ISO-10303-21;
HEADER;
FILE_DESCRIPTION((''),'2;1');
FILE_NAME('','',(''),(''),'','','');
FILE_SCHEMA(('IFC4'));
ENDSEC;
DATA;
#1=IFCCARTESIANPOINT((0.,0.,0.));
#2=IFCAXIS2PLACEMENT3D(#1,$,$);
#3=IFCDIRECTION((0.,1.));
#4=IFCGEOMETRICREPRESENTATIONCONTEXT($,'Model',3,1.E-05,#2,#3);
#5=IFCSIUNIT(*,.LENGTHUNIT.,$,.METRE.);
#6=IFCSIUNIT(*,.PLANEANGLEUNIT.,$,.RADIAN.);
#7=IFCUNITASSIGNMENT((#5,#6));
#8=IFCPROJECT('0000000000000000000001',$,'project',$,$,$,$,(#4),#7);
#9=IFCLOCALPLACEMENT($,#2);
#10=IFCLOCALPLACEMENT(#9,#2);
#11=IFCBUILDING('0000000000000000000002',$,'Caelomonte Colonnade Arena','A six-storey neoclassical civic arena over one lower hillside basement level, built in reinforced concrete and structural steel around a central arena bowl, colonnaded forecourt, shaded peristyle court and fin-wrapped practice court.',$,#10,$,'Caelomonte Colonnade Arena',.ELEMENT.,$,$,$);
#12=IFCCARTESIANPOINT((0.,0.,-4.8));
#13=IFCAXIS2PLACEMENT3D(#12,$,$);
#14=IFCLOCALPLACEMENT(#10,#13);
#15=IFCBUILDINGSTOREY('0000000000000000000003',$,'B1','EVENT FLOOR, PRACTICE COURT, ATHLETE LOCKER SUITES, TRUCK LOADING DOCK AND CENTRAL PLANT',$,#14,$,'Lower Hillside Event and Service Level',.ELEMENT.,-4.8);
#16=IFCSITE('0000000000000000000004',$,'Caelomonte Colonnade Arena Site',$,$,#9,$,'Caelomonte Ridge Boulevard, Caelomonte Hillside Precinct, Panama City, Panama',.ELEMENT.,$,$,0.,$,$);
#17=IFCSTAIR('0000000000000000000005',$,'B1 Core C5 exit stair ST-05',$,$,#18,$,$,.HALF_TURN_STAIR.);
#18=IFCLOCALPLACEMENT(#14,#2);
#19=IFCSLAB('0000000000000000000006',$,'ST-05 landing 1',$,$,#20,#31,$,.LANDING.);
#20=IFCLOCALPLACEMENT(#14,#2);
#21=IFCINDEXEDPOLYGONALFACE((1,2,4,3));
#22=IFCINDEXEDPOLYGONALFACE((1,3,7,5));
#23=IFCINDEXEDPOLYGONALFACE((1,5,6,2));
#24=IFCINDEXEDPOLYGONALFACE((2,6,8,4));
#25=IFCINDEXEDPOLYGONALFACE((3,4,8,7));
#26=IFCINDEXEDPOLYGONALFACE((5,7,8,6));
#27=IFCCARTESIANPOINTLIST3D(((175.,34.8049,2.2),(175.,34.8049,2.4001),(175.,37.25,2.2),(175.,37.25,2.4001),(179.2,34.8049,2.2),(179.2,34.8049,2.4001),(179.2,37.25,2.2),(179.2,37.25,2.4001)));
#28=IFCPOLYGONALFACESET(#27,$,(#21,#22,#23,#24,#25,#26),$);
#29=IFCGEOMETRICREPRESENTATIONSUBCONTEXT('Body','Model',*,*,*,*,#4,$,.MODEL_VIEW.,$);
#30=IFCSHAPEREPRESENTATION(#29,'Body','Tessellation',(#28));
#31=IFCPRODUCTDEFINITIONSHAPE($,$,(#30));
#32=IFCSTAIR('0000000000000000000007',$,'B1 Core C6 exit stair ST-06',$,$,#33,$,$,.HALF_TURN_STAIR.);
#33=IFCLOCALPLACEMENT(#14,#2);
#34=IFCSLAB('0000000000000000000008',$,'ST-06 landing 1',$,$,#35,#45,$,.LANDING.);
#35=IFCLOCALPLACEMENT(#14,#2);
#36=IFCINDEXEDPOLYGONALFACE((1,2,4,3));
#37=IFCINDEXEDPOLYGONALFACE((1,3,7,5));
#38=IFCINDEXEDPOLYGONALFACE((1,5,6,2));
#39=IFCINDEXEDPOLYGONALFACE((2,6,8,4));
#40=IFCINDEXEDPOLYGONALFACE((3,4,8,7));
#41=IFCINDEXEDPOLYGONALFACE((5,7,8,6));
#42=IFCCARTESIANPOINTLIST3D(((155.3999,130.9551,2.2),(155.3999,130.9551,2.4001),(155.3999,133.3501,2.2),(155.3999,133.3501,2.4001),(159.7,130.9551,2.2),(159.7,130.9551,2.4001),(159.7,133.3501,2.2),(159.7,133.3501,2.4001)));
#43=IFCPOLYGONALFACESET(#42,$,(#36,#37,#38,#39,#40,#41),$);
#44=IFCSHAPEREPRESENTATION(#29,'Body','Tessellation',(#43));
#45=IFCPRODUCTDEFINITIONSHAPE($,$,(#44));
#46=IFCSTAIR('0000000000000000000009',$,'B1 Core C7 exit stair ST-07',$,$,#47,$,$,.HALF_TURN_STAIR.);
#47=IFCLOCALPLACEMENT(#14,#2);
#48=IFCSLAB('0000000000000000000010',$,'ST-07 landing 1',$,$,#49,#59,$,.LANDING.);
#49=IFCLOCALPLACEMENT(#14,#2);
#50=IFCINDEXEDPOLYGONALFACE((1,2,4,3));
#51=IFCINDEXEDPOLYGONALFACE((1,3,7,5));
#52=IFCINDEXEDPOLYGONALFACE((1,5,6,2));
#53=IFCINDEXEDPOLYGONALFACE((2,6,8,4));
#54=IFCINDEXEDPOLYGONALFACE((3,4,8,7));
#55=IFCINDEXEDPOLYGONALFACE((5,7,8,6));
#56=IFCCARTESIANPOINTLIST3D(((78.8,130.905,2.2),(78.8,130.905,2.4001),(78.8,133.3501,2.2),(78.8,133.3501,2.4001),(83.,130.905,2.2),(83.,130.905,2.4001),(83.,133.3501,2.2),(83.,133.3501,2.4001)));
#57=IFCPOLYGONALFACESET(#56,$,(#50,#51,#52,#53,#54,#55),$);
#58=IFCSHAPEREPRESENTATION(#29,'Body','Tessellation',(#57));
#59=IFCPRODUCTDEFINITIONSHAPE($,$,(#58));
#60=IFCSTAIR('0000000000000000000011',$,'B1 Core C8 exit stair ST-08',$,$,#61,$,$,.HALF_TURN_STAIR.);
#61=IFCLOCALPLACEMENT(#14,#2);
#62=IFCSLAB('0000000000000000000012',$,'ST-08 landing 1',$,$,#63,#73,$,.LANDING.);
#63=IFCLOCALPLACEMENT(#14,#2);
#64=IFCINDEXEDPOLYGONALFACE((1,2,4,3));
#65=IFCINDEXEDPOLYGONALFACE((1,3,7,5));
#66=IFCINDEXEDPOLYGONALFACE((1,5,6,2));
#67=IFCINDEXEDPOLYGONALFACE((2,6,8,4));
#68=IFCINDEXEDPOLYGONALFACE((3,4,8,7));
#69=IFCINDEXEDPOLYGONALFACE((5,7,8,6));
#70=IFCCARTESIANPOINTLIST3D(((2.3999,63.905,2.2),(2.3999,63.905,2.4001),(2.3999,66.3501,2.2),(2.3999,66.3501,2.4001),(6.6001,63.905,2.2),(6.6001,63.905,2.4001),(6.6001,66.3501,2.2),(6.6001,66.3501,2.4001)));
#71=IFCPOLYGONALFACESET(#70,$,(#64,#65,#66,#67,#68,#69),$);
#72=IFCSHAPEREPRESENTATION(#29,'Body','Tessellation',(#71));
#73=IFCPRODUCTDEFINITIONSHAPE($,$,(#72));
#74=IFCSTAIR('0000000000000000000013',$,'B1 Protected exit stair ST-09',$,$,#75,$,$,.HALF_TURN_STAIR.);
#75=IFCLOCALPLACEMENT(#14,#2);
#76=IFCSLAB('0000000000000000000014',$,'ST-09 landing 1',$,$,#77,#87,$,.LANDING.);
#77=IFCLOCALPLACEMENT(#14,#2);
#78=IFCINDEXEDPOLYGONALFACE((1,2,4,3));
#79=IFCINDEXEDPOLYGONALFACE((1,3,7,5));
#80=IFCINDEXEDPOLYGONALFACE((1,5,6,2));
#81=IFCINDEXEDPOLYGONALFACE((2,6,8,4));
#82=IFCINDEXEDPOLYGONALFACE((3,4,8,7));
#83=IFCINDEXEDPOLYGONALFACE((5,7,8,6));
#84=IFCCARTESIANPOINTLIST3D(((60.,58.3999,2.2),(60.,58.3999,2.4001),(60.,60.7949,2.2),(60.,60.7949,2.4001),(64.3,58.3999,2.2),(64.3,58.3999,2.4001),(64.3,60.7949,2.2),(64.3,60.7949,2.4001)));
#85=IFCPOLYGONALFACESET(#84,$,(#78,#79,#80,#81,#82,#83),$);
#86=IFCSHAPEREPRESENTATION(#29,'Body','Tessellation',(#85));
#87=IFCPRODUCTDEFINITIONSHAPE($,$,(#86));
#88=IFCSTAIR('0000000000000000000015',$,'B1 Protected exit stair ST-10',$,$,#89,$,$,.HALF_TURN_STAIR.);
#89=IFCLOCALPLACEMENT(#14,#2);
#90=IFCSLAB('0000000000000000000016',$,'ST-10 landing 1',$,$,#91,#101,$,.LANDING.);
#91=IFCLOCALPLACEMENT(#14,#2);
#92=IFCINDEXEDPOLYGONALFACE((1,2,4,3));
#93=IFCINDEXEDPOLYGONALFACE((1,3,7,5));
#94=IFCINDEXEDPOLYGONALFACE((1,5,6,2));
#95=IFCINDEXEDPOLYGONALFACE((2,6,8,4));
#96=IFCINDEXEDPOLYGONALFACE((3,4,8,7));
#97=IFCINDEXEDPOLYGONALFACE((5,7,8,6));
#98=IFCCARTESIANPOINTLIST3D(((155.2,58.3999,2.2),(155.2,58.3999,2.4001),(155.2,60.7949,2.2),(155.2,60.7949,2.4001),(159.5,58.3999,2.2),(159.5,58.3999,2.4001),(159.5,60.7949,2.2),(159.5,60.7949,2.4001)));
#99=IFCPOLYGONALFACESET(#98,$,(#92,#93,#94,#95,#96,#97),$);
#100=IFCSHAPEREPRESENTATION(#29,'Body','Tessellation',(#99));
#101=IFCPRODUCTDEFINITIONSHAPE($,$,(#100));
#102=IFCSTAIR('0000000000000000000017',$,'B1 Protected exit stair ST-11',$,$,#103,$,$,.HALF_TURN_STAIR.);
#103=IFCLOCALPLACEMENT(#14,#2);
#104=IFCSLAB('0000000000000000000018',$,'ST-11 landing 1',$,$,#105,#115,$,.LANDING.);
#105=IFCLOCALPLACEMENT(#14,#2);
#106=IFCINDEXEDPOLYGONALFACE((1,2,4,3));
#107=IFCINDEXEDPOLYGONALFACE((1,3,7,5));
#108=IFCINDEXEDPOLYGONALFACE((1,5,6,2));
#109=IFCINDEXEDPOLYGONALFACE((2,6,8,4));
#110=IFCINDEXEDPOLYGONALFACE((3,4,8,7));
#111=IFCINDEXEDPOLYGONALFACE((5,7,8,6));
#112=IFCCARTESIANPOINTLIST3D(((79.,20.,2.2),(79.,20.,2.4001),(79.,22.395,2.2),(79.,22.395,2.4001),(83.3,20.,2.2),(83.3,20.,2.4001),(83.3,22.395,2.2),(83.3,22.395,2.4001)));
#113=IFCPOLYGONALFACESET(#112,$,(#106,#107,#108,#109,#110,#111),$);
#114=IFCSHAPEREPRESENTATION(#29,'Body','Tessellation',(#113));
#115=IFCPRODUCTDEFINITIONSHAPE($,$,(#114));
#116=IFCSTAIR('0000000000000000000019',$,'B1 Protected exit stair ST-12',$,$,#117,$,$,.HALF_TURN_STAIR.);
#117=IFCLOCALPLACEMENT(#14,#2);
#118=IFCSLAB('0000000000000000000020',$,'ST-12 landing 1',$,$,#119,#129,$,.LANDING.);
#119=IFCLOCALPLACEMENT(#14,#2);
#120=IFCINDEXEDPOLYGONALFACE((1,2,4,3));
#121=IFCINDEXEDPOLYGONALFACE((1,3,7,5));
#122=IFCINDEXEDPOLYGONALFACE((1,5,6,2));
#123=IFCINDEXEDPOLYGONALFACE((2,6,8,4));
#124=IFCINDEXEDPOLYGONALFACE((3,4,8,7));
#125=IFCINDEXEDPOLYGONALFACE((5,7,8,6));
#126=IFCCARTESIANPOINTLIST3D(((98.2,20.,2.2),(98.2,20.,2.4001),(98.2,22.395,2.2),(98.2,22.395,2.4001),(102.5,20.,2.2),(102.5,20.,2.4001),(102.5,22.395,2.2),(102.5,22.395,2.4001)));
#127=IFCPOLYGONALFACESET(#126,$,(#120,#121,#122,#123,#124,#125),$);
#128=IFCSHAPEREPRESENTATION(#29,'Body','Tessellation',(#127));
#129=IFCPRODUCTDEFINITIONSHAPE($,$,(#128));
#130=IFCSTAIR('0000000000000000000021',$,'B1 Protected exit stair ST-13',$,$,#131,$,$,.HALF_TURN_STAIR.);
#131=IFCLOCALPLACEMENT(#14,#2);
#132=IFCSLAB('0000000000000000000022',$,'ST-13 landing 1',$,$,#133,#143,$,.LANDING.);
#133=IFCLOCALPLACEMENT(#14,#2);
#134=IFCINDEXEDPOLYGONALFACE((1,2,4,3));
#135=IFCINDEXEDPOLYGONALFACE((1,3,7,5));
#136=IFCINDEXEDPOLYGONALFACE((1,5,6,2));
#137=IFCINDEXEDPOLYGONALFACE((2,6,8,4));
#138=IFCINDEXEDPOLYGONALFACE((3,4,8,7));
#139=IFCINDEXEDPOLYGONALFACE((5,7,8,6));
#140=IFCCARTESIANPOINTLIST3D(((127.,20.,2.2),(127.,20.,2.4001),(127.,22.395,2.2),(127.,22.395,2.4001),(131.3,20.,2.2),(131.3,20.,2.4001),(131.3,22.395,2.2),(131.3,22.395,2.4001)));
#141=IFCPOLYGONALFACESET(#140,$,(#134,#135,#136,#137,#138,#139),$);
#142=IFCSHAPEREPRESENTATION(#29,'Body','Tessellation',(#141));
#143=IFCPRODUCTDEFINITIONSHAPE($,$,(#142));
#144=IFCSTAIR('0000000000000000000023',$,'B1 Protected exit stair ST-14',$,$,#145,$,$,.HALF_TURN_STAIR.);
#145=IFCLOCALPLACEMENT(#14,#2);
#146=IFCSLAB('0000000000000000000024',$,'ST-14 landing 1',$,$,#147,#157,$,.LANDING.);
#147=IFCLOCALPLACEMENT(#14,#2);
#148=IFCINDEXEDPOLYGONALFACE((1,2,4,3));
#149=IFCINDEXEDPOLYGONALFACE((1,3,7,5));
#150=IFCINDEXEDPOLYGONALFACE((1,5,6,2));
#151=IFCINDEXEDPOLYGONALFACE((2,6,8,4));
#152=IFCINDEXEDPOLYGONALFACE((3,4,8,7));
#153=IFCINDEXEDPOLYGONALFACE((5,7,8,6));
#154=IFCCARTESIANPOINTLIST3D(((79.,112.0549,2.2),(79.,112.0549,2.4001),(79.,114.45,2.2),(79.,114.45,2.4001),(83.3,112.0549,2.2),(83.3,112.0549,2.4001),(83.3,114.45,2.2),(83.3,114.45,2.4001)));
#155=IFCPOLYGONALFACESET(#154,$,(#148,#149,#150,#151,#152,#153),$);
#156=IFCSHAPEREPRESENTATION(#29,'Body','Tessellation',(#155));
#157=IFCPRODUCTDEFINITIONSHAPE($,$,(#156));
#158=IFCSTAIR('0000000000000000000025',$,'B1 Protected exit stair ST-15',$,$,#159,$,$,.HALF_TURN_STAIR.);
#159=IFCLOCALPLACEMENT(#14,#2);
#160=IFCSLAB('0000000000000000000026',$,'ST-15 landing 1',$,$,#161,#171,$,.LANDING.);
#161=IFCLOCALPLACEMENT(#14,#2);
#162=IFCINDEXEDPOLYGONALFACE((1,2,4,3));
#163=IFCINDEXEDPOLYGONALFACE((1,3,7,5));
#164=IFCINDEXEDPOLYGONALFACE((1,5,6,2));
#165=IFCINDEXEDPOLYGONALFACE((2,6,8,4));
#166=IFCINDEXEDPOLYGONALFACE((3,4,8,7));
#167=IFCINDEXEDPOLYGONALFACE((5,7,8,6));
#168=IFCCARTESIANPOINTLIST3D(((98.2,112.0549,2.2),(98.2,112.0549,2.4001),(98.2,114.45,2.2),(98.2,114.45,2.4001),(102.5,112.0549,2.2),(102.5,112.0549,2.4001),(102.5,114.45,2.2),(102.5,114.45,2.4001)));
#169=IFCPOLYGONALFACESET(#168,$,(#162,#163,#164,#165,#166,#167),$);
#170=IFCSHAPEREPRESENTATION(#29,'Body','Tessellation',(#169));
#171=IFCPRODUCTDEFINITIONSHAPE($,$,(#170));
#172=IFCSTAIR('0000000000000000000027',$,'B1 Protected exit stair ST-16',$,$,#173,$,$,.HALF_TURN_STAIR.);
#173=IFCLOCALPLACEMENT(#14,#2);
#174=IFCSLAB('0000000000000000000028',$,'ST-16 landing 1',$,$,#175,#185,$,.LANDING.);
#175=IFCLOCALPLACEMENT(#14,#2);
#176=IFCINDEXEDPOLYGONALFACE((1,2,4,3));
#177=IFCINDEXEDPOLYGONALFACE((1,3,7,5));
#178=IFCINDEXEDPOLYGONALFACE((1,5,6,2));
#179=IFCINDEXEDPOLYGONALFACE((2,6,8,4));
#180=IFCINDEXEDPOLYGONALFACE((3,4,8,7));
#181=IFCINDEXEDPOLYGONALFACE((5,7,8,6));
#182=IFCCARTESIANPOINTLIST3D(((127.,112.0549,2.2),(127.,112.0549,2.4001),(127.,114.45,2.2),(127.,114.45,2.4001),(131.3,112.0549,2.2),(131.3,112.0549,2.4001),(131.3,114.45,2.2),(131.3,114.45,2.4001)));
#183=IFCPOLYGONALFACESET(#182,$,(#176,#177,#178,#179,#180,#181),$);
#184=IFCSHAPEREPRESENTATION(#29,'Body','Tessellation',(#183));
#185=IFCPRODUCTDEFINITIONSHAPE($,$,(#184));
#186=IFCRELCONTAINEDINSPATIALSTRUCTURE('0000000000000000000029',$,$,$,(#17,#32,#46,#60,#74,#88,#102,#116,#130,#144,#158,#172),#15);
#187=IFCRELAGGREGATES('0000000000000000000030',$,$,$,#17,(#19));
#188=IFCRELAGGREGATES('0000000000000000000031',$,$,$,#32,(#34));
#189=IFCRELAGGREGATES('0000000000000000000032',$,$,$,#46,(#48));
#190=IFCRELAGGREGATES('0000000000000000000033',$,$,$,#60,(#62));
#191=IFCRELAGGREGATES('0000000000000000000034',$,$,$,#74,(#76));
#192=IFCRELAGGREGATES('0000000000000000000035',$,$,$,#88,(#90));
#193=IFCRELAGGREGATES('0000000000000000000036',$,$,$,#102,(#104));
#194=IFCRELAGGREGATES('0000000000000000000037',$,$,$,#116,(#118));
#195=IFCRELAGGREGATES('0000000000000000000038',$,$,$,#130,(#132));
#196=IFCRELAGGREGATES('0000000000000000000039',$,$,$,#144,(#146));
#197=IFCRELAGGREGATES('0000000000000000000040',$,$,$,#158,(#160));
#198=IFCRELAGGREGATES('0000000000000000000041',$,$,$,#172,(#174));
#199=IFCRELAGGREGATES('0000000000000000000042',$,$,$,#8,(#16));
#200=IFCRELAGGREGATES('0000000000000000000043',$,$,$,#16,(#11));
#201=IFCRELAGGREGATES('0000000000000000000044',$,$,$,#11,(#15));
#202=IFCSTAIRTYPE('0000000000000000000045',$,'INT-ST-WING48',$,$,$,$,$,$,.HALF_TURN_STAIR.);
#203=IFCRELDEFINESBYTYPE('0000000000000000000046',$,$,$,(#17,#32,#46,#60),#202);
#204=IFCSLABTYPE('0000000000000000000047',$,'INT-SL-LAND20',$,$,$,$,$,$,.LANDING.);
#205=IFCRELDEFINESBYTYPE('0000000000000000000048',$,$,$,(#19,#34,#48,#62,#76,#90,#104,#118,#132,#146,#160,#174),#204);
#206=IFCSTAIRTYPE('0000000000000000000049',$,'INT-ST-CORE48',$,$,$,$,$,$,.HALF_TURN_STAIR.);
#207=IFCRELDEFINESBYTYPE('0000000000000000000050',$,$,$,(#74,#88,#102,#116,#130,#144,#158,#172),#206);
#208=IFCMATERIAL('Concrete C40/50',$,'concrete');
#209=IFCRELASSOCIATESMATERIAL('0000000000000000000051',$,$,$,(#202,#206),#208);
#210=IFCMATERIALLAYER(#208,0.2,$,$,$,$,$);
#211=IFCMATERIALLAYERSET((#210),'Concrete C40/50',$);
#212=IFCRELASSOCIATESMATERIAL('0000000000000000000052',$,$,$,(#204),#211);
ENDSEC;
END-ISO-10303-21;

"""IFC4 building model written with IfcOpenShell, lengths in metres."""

from ifc_helpers import new_model, si_unit, direction, frame, origin, place, context, subcontext, project, spatial, polyline, outline, extrude, material, layer, layer_set, type_object, element, aggregate, save


model = new_model("IFC4")

# Units and contexts
model_context = context("Model", 3, precision=1e-05, world=origin(), true_north=direction((0.0, 1.0)))
body_context = subcontext(model_context, "Body", "Model", "MODEL_VIEW")
ifc_project = project(units=[si_unit("LENGTHUNIT", "METRE"), si_unit("PLANEANGLEUNIT", "RADIAN")], contexts=[model_context])

# Site, building, storey
site_placement = place(None, origin())
site = spatial("IfcSite", under=ifc_project, at=site_placement, Name="Caelomonte Colonnade Arena Site", LongName="Caelomonte Ridge Boulevard, Caelomonte Hillside Precinct, Panama City, Panama", CompositionType="ELEMENT", RefElevation=0.0)
building_placement = place(site_placement, origin())
building = spatial("IfcBuilding", under=site, at=building_placement, Name="Caelomonte Colonnade Arena", Description="A six-storey neoclassical civic arena over one lower hillside basement level, built in reinforced concrete and structural steel around a central arena bowl, colonnaded forecourt, shaded peristyle court and fin-wrapped practice court.", LongName="Caelomonte Colonnade Arena", CompositionType="ELEMENT")
storey_placement = place(building_placement, frame((0.0, 0.0, -4.8)))
storey = spatial("IfcBuildingStorey", under=building, at=storey_placement, Name="B1", Description="EVENT FLOOR, PRACTICE COURT, ATHLETE LOCKER SUITES, TRUCK LOADING DOCK AND CENTRAL PLANT", LongName="Lower Hillside Event and Service Level", CompositionType="ELEMENT", Elevation=-4.8)

# Stairs, slabs
ifc_material_1 = material(Name="Concrete C40/50", Category="concrete")
stair_type_1 = type_object("IfcStairType", Name="INT-ST-WING48", PredefinedType="HALF_TURN_STAIR", material=ifc_material_1)
stair_1_placement = place(storey_placement, origin())
stair_1 = element("IfcStair", 1, at=stair_1_placement, inside=storey, type_object=stair_type_1, Name="B1 Core C5 exit stair ST-05", PredefinedType="HALF_TURN_STAIR")
ifc_layer_1 = layer(ifc_material_1, 0.2)
ifc_layer_set_1 = layer_set([ifc_layer_1], Name="Concrete C40/50")
slab_type = type_object("IfcSlabType", Name="INT-SL-LAND20", PredefinedType="LANDING", material=ifc_layer_set_1)
slab_1_placement = place(storey_placement, frame((0.0, 0.0, 2.2)))
slab_1 = element("IfcSlab", 2, at=slab_1_placement, type_object=slab_type, Name="ST-05 landing 1", PredefinedType="LANDING", context=body_context, shape_type="SweptSolid", body=[
    extrude(outline(polyline([(179.2, 34.8049), (179.2, 37.25), (175.0, 37.25), (175.0, 34.8049), (179.2, 34.8049)])), origin(), (0.0, 0.0, 1.0), 0.2002),
])
aggregate(stair_1, [slab_1])
stair_2_placement = place(storey_placement, origin())
stair_2 = element("IfcStair", 3, at=stair_2_placement, inside=storey, type_object=stair_type_1, Name="B1 Core C6 exit stair ST-06", PredefinedType="HALF_TURN_STAIR")
slab_2_placement = place(storey_placement, frame((0.0, 0.0, 2.2)))
slab_2 = element("IfcSlab", 4, at=slab_2_placement, type_object=slab_type, Name="ST-06 landing 1", PredefinedType="LANDING", context=body_context, shape_type="SweptSolid", body=[
    extrude(outline(polyline([(159.7, 130.9551), (159.7, 133.3501), (155.3999, 133.3501), (155.3999, 130.9551), (159.7, 130.9551)])), origin(), (0.0, 0.0, 1.0), 0.2002),
])
aggregate(stair_2, [slab_2])
stair_3_placement = place(storey_placement, origin())
stair_3 = element("IfcStair", 5, at=stair_3_placement, inside=storey, type_object=stair_type_1, Name="B1 Core C7 exit stair ST-07", PredefinedType="HALF_TURN_STAIR")
slab_3_placement = place(storey_placement, frame((0.0, 0.0, 2.2)))
slab_3 = element("IfcSlab", 6, at=slab_3_placement, type_object=slab_type, Name="ST-07 landing 1", PredefinedType="LANDING", context=body_context, shape_type="SweptSolid", body=[
    extrude(outline(polyline([(83.0, 130.905), (83.0, 133.3501), (78.8, 133.3501), (78.8, 130.905), (83.0, 130.905)])), origin(), (0.0, 0.0, 1.0), 0.2002),
])
aggregate(stair_3, [slab_3])
stair_4_placement = place(storey_placement, origin())
stair_4 = element("IfcStair", 7, at=stair_4_placement, inside=storey, type_object=stair_type_1, Name="B1 Core C8 exit stair ST-08", PredefinedType="HALF_TURN_STAIR")
slab_4_placement = place(storey_placement, frame((0.0, 0.0, 2.2)))
slab_4 = element("IfcSlab", 8, at=slab_4_placement, type_object=slab_type, Name="ST-08 landing 1", PredefinedType="LANDING", context=body_context, shape_type="SweptSolid", body=[
    extrude(outline(polyline([(6.6001, 63.905), (6.6001, 66.3501), (2.3999, 66.3501), (2.3999, 63.905), (6.6001, 63.905)])), origin(), (0.0, 0.0, 1.0), 0.2002),
])
aggregate(stair_4, [slab_4])
stair_type_2 = type_object("IfcStairType", Name="INT-ST-CORE48", PredefinedType="HALF_TURN_STAIR", material=ifc_material_1)
stair_5_placement = place(storey_placement, origin())
stair_5 = element("IfcStair", 9, at=stair_5_placement, inside=storey, type_object=stair_type_2, Name="B1 Protected exit stair ST-09", PredefinedType="HALF_TURN_STAIR")
slab_5_placement = place(storey_placement, frame((0.0, 0.0, 2.2)))
slab_5 = element("IfcSlab", 10, at=slab_5_placement, type_object=slab_type, Name="ST-09 landing 1", PredefinedType="LANDING", context=body_context, shape_type="SweptSolid", body=[
    extrude(outline(polyline([(60.0, 60.7949), (60.0, 58.3999), (64.3, 58.3999), (64.3, 60.7949), (60.0, 60.7949)])), origin(), (0.0, 0.0, 1.0), 0.2002),
])
aggregate(stair_5, [slab_5])
stair_6_placement = place(storey_placement, origin())
stair_6 = element("IfcStair", 11, at=stair_6_placement, inside=storey, type_object=stair_type_2, Name="B1 Protected exit stair ST-10", PredefinedType="HALF_TURN_STAIR")
slab_6_placement = place(storey_placement, frame((0.0, 0.0, 2.2)))
slab_6 = element("IfcSlab", 12, at=slab_6_placement, type_object=slab_type, Name="ST-10 landing 1", PredefinedType="LANDING", context=body_context, shape_type="SweptSolid", body=[
    extrude(outline(polyline([(155.2, 60.7949), (155.2, 58.3999), (159.5, 58.3999), (159.5, 60.7949), (155.2, 60.7949)])), origin(), (0.0, 0.0, 1.0), 0.2002),
])
aggregate(stair_6, [slab_6])
stair_7_placement = place(storey_placement, origin())
stair_7 = element("IfcStair", 13, at=stair_7_placement, inside=storey, type_object=stair_type_2, Name="B1 Protected exit stair ST-11", PredefinedType="HALF_TURN_STAIR")
slab_7_placement = place(storey_placement, frame((0.0, 0.0, 2.2)))
slab_7 = element("IfcSlab", 14, at=slab_7_placement, type_object=slab_type, Name="ST-11 landing 1", PredefinedType="LANDING", context=body_context, shape_type="SweptSolid", body=[
    extrude(outline(polyline([(79.0, 22.395), (79.0, 20.0), (83.3, 20.0), (83.3, 22.395), (79.0, 22.395)])), origin(), (0.0, 0.0, 1.0), 0.2002),
])
aggregate(stair_7, [slab_7])
stair_8_placement = place(storey_placement, origin())
stair_8 = element("IfcStair", 15, at=stair_8_placement, inside=storey, type_object=stair_type_2, Name="B1 Protected exit stair ST-12", PredefinedType="HALF_TURN_STAIR")
slab_8_placement = place(storey_placement, frame((0.0, 0.0, 2.2)))
slab_8 = element("IfcSlab", 16, at=slab_8_placement, type_object=slab_type, Name="ST-12 landing 1", PredefinedType="LANDING", context=body_context, shape_type="SweptSolid", body=[
    extrude(outline(polyline([(98.2, 22.395), (98.2, 20.0), (102.5, 20.0), (102.5, 22.395), (98.2, 22.395)])), origin(), (0.0, 0.0, 1.0), 0.2002),
])
aggregate(stair_8, [slab_8])
stair_9_placement = place(storey_placement, origin())
stair_9 = element("IfcStair", 17, at=stair_9_placement, inside=storey, type_object=stair_type_2, Name="B1 Protected exit stair ST-13", PredefinedType="HALF_TURN_STAIR")
slab_9_placement = place(storey_placement, frame((0.0, 0.0, 2.2)))
slab_9 = element("IfcSlab", 18, at=slab_9_placement, type_object=slab_type, Name="ST-13 landing 1", PredefinedType="LANDING", context=body_context, shape_type="SweptSolid", body=[
    extrude(outline(polyline([(127.0, 22.395), (127.0, 20.0), (131.3, 20.0), (131.3, 22.395), (127.0, 22.395)])), origin(), (0.0, 0.0, 1.0), 0.2002),
])
aggregate(stair_9, [slab_9])
stair_10_placement = place(storey_placement, origin())
stair_10 = element("IfcStair", 19, at=stair_10_placement, inside=storey, type_object=stair_type_2, Name="B1 Protected exit stair ST-14", PredefinedType="HALF_TURN_STAIR")
slab_10_placement = place(storey_placement, frame((0.0, 0.0, 2.2)))
slab_10 = element("IfcSlab", 20, at=slab_10_placement, type_object=slab_type, Name="ST-14 landing 1", PredefinedType="LANDING", context=body_context, shape_type="SweptSolid", body=[
    extrude(outline(polyline([(83.3, 112.0549), (83.3, 114.45), (79.0, 114.45), (79.0, 112.0549), (83.3, 112.0549)])), origin(), (0.0, 0.0, 1.0), 0.2002),
])
aggregate(stair_10, [slab_10])
stair_11_placement = place(storey_placement, origin())
stair_11 = element("IfcStair", 21, at=stair_11_placement, inside=storey, type_object=stair_type_2, Name="B1 Protected exit stair ST-15", PredefinedType="HALF_TURN_STAIR")
slab_11_placement = place(storey_placement, frame((0.0, 0.0, 2.2)))
slab_11 = element("IfcSlab", 22, at=slab_11_placement, type_object=slab_type, Name="ST-15 landing 1", PredefinedType="LANDING", context=body_context, shape_type="SweptSolid", body=[
    extrude(outline(polyline([(102.5, 112.0549), (102.5, 114.45), (98.2, 114.45), (98.2, 112.0549), (102.5, 112.0549)])), origin(), (0.0, 0.0, 1.0), 0.2002),
])
aggregate(stair_11, [slab_11])
stair_12_placement = place(storey_placement, origin())
stair_12 = element("IfcStair", 23, at=stair_12_placement, inside=storey, type_object=stair_type_2, Name="B1 Protected exit stair ST-16", PredefinedType="HALF_TURN_STAIR")
slab_12_placement = place(storey_placement, frame((0.0, 0.0, 2.2)))
slab_12 = element("IfcSlab", 24, at=slab_12_placement, type_object=slab_type, Name="ST-16 landing 1", PredefinedType="LANDING", context=body_context, shape_type="SweptSolid", body=[
    extrude(outline(polyline([(131.3, 112.0549), (131.3, 114.45), (127.0, 114.45), (127.0, 112.0549), (131.3, 112.0549)])), origin(), (0.0, 0.0, 1.0), 0.2002),
])
aggregate(stair_12, [slab_12])

save(model, "model.ifc")
